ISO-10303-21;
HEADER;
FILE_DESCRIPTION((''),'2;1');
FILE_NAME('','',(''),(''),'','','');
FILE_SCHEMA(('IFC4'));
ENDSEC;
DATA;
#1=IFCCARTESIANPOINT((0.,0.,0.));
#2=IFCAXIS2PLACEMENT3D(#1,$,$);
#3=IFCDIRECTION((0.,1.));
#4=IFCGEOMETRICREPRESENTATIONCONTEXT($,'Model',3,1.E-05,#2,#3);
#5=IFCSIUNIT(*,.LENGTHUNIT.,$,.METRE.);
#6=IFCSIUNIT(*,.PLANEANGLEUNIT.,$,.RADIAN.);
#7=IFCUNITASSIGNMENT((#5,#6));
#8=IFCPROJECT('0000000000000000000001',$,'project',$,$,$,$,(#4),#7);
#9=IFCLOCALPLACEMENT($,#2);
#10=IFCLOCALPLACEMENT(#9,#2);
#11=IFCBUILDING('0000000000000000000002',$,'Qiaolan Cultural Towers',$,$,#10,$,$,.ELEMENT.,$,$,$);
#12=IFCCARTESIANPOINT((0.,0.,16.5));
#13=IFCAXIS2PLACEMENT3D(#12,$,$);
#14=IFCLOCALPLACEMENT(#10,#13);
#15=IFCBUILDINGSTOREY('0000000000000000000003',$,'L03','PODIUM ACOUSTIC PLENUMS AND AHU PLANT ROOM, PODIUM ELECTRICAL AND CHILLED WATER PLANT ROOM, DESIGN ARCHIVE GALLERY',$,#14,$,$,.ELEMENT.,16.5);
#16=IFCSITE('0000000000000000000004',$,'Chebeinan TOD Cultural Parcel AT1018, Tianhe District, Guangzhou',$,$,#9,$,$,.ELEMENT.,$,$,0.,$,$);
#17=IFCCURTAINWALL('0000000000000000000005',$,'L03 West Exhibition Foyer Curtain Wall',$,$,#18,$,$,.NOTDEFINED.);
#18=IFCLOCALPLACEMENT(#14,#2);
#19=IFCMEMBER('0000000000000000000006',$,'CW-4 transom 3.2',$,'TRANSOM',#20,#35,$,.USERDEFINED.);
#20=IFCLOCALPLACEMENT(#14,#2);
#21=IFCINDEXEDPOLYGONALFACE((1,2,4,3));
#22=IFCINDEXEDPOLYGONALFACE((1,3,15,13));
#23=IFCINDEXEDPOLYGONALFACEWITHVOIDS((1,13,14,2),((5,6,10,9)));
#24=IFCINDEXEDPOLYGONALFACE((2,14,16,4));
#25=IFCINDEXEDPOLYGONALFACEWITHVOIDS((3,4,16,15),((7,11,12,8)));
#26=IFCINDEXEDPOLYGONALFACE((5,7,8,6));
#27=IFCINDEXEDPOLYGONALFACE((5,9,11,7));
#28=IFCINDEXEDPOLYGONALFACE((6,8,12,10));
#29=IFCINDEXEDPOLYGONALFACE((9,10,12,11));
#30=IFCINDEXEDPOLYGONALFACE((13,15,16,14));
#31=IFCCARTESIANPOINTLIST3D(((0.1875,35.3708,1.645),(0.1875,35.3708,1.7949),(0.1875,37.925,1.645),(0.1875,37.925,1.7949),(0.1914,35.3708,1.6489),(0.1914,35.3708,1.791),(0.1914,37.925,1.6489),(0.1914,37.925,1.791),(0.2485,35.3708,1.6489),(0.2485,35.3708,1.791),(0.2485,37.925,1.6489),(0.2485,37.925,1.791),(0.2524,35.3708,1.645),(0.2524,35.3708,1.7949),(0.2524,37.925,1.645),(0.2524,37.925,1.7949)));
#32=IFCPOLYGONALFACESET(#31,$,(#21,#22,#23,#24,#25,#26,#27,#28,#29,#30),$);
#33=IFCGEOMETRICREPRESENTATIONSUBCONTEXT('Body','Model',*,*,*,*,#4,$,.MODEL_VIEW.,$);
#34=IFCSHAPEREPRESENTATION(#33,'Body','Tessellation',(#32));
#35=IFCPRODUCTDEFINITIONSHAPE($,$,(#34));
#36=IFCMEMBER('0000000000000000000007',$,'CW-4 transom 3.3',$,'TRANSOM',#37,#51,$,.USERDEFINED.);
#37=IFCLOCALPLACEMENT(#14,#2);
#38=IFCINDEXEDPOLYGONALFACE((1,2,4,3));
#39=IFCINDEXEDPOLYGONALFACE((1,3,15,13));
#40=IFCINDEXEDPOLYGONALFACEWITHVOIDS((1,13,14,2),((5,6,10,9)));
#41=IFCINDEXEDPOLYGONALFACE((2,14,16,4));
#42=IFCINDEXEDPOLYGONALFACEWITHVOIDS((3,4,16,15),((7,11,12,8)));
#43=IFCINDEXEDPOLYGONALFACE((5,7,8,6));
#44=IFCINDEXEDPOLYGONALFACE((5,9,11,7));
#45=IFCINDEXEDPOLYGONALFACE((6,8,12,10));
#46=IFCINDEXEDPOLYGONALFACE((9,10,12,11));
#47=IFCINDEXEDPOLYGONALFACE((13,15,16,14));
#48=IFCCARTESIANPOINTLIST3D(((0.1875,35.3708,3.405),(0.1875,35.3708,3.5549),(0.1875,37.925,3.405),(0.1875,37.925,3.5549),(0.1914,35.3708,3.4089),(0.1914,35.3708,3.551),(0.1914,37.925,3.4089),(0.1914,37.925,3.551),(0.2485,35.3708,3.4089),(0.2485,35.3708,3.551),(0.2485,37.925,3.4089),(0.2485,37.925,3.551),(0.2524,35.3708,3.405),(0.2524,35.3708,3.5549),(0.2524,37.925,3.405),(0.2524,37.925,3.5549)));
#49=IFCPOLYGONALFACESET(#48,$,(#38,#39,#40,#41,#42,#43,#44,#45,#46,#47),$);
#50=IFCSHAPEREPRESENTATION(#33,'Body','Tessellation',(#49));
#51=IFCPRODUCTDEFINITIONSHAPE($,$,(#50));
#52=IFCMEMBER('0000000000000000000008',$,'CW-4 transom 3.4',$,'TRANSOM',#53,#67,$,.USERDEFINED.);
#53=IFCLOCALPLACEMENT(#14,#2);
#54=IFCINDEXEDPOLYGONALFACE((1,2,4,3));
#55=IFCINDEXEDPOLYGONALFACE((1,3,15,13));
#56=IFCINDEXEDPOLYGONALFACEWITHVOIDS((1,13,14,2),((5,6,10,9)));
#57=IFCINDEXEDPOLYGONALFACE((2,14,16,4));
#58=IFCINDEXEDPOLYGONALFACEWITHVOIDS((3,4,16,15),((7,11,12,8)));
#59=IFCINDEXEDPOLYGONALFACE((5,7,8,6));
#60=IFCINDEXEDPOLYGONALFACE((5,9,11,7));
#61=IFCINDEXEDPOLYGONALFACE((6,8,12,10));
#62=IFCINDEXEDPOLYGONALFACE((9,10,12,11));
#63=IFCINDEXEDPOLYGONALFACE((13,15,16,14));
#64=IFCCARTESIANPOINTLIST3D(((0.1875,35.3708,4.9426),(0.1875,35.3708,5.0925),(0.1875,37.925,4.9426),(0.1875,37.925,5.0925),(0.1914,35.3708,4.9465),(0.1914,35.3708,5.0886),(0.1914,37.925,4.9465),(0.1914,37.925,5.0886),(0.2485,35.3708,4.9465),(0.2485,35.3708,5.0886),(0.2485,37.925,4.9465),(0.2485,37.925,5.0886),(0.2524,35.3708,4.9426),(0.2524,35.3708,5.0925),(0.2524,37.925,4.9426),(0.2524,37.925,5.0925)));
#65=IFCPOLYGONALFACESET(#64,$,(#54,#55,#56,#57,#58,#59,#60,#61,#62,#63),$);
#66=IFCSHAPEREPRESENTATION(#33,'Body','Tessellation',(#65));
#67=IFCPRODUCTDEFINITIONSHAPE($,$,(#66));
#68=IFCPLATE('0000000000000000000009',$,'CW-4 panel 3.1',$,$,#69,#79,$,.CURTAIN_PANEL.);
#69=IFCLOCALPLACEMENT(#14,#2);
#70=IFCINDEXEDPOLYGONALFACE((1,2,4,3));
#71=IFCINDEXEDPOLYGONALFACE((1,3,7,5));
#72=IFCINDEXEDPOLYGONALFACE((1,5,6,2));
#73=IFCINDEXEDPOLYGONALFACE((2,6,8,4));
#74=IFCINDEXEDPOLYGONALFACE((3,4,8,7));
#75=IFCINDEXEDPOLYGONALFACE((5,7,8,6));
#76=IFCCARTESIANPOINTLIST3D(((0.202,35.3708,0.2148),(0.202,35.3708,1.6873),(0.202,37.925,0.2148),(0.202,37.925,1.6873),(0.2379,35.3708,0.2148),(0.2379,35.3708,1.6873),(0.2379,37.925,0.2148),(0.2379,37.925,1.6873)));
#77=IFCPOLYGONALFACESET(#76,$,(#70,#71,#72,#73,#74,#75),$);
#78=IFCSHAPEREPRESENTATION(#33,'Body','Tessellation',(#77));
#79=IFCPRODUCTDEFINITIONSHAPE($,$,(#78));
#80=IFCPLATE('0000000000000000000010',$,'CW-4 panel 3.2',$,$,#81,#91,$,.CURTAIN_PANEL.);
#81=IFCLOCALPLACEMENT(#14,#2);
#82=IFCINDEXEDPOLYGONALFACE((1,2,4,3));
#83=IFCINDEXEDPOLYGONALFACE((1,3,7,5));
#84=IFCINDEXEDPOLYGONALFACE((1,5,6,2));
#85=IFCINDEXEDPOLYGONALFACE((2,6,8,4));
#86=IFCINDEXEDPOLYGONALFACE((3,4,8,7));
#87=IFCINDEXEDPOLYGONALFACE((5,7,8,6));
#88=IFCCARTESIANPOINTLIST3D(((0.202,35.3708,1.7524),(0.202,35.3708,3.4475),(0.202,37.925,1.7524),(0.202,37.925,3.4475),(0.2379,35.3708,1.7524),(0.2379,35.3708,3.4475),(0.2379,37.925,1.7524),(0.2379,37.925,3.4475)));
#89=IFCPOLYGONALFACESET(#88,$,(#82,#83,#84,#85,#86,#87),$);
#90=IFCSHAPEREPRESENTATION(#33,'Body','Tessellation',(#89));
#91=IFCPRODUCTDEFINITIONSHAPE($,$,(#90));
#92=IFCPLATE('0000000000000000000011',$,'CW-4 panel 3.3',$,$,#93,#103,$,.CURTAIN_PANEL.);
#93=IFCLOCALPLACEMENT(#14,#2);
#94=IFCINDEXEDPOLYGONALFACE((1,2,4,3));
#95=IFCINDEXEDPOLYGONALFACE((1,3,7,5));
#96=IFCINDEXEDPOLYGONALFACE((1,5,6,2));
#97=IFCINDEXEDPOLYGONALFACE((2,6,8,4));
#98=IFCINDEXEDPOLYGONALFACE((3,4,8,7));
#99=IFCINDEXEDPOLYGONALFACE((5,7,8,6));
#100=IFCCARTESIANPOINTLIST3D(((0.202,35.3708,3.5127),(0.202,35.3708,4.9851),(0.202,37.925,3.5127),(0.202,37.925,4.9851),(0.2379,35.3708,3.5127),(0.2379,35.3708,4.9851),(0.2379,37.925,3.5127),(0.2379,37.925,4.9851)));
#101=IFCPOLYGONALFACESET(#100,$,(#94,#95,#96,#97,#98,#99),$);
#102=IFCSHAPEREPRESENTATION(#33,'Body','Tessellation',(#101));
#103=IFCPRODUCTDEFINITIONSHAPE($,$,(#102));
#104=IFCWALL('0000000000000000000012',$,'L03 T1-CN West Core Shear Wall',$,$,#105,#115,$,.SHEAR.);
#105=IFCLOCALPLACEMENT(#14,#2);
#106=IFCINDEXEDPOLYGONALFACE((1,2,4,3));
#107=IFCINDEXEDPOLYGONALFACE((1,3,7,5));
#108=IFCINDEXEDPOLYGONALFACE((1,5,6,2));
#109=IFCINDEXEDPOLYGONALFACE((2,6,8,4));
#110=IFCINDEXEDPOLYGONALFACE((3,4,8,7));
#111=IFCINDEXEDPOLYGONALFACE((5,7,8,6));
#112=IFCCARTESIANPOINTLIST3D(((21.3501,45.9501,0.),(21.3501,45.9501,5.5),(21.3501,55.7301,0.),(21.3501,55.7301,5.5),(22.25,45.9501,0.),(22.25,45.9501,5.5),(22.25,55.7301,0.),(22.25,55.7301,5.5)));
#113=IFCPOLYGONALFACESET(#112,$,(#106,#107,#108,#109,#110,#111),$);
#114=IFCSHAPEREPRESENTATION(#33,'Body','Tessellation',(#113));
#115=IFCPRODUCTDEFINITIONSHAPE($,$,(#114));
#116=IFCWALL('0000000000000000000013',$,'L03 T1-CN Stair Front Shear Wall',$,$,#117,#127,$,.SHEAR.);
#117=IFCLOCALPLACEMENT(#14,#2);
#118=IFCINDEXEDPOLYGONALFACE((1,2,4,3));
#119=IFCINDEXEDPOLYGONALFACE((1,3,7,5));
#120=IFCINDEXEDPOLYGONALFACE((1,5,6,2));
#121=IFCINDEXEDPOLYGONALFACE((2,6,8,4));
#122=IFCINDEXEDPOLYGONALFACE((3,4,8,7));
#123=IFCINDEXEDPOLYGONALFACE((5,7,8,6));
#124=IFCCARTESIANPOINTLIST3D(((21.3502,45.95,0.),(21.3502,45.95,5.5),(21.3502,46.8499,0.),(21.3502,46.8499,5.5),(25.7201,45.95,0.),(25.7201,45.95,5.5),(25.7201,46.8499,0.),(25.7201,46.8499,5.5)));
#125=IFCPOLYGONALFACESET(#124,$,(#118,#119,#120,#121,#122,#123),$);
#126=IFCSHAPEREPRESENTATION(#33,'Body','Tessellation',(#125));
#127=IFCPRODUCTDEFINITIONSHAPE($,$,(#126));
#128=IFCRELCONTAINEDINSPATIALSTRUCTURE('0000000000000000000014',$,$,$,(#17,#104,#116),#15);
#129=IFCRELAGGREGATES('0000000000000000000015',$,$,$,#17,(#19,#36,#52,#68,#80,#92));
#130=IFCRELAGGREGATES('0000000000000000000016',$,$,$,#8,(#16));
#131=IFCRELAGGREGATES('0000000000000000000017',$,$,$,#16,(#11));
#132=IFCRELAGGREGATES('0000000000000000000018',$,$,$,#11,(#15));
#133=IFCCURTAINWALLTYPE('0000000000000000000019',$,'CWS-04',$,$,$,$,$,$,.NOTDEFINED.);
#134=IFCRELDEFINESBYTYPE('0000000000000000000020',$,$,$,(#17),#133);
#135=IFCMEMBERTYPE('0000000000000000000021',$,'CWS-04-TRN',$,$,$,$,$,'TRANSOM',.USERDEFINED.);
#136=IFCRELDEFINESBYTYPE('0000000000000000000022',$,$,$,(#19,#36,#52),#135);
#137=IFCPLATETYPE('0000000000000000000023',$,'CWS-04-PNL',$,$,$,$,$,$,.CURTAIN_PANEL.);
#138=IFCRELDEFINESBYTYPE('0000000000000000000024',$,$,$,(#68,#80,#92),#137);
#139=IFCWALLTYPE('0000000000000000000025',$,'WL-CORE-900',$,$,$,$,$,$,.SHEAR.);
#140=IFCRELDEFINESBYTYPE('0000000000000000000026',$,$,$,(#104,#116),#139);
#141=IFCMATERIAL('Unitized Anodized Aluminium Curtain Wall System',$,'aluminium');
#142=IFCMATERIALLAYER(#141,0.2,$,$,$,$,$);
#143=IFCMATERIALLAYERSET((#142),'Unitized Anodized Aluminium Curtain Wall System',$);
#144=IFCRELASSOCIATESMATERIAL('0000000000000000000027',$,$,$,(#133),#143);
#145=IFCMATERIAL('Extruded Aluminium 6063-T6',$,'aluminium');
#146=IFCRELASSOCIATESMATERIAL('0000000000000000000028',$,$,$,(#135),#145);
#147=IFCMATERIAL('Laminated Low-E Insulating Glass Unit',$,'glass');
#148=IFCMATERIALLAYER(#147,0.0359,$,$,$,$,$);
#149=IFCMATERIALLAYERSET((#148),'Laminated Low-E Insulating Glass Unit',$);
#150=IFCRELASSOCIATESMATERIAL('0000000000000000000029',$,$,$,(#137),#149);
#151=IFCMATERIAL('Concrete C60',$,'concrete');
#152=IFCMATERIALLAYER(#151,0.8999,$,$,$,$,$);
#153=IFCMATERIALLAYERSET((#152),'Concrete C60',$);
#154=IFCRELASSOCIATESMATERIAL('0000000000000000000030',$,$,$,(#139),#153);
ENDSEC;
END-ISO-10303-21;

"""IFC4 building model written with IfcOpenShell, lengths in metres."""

from ifc_helpers import new_model, si_unit, direction, frame, frame_2d, origin, origin_2d, place, context, subcontext, project, spatial, rectangle, hollow_rectangle, extrude, material, layer, layer_set, material_profile, profile_set, type_object, element, aggregate, save


model = new_model("IFC4")

# Units and contexts
model_context = context("Model", 3, precision=1e-05, world=origin(), true_north=direction((0.0, 1.0)))
body_context = subcontext(model_context, "Body", "Model", "MODEL_VIEW")
ifc_project = project(units=[si_unit("LENGTHUNIT", "METRE"), si_unit("PLANEANGLEUNIT", "RADIAN")], contexts=[model_context])

# Site, building, storey
site_placement = place(None, origin())
site = spatial("IfcSite", under=ifc_project, at=site_placement, Name="Chebeinan TOD Cultural Parcel AT1018, Tianhe District, Guangzhou", CompositionType="ELEMENT", RefElevation=0.0)
building_placement = place(site_placement, origin())
building = spatial("IfcBuilding", under=site, at=building_placement, Name="Qiaolan Cultural Towers", CompositionType="ELEMENT")
storey_placement = place(building_placement, frame((0.0, 0.0, 16.5)))
storey = spatial("IfcBuildingStorey", under=building, at=storey_placement, Name="L03", Description="PODIUM ACOUSTIC PLENUMS AND AHU PLANT ROOM, PODIUM ELECTRICAL AND CHILLED WATER PLANT ROOM, DESIGN ARCHIVE GALLERY", CompositionType="ELEMENT", Elevation=16.5)

# Curtain wall, members, plates
ifc_material_1 = material(Name="Unitized Anodized Aluminium Curtain Wall System", Category="aluminium")
ifc_layer_1 = layer(ifc_material_1, 0.2)
ifc_layer_set_1 = layer_set([ifc_layer_1], Name="Unitized Anodized Aluminium Curtain Wall System")
curtain_wall_type = type_object("IfcCurtainWallType", Name="CWS-04", PredefinedType="NOTDEFINED", material=ifc_layer_set_1)
curtain_wall_placement = place(storey_placement, origin())
curtain_wall = element("IfcCurtainWall", 1, at=curtain_wall_placement, inside=storey, type_object=curtain_wall_type, Name="L03 West Exhibition Foyer Curtain Wall", PredefinedType="NOTDEFINED")
ifc_material_2 = material(Name="Extruded Aluminium 6063-T6", Category="aluminium")
ifc_material_profile_1 = material_profile(ifc_material_2, hollow_rectangle(XDim=0.0649, YDim=0.1499, WallThickness=0.0039, at=origin_2d()), Name="CWT-150x65x4")
ifc_profile_set_1 = profile_set([ifc_material_profile_1], Name="Extruded Aluminium 6063-T6")
member_type_1 = type_object("IfcMemberType", Name="CWS-04-TRN", ElementType="TRANSOM", PredefinedType="USERDEFINED", material=ifc_profile_set_1)
member_1_placement = place(storey_placement, frame((0.22, 35.3708, 1.72), z_axis=(0.0, 1.0, 0.0), x_axis=(-1.0, 0.0, 0.0)))
member_1 = element("IfcMember", 2, at=member_1_placement, type_object=member_type_1, Name="CW-4 transom 3.2", ObjectType="TRANSOM", PredefinedType="USERDEFINED", context=body_context, shape_type="SweptSolid", body=[
    extrude(hollow_rectangle(XDim=0.0649, YDim=0.1499, WallThickness=0.0039, at=origin_2d()), origin(), (0.0, 0.0, 1.0), 2.5542),
])
member_2_placement = place(storey_placement, frame((0.22, 35.3708, 3.48), z_axis=(0.0, 1.0, 0.0), x_axis=(-1.0, 0.0, 0.0)))
member_2 = element("IfcMember", 3, at=member_2_placement, type_object=member_type_1, Name="CW-4 transom 3.3", ObjectType="TRANSOM", PredefinedType="USERDEFINED", context=body_context, shape_type="SweptSolid", body=[
    extrude(hollow_rectangle(XDim=0.0649, YDim=0.1499, WallThickness=0.0039, at=origin_2d()), origin(), (0.0, 0.0, 1.0), 2.5542),
])
member_3_placement = place(storey_placement, frame((0.22, 35.3708, 5.0176), z_axis=(0.0, 1.0, 0.0), x_axis=(-1.0, 0.0, 0.0)))
member_3 = element("IfcMember", 4, at=member_3_placement, type_object=member_type_1, Name="CW-4 transom 3.4", ObjectType="TRANSOM", PredefinedType="USERDEFINED", context=body_context, shape_type="SweptSolid", body=[
    extrude(hollow_rectangle(XDim=0.0649, YDim=0.1499, WallThickness=0.0039, at=origin_2d()), origin(), (0.0, 0.0, 1.0), 2.5542),
])
ifc_material_3 = material(Name="Laminated Low-E Insulating Glass Unit", Category="glass")
ifc_layer_2 = layer(ifc_material_3, 0.0359)
ifc_layer_set_2 = layer_set([ifc_layer_2], Name="Laminated Low-E Insulating Glass Unit")
plate_type = type_object("IfcPlateType", Name="CWS-04-PNL", PredefinedType="CURTAIN_PANEL", material=ifc_layer_set_2)
plate_1_placement = place(storey_placement, frame((0.22, 36.6479, 0.2148), z_axis=(0.0, 0.0, 1.0), x_axis=(0.0, 1.0, 0.0)))
plate_1 = element("IfcPlate", 5, at=plate_1_placement, type_object=plate_type, Name="CW-4 panel 3.1", PredefinedType="CURTAIN_PANEL", context=body_context, shape_type="SweptSolid", body=[
    extrude(rectangle(XDim=2.5542, YDim=0.0359, at=origin_2d()), origin(), (0.0, 0.0, 1.0), 1.4724),
])
plate_2_placement = place(storey_placement, frame((0.22, 36.6479, 1.7524), z_axis=(0.0, 0.0, 1.0), x_axis=(0.0, 1.0, 0.0)))
plate_2 = element("IfcPlate", 6, at=plate_2_placement, type_object=plate_type, Name="CW-4 panel 3.2", PredefinedType="CURTAIN_PANEL", context=body_context, shape_type="SweptSolid", body=[
    extrude(rectangle(XDim=2.5542, YDim=0.0359, at=origin_2d()), origin(), (0.0, 0.0, 1.0), 1.6951),
])
plate_3_placement = place(storey_placement, frame((0.22, 36.6479, 3.5127), z_axis=(0.0, 0.0, 1.0), x_axis=(0.0, 1.0, 0.0)))
plate_3 = element("IfcPlate", 7, at=plate_3_placement, type_object=plate_type, Name="CW-4 panel 3.3", PredefinedType="CURTAIN_PANEL", context=body_context, shape_type="SweptSolid", body=[
    extrude(rectangle(XDim=2.5542, YDim=0.0359, at=origin_2d()), origin(), (0.0, 0.0, 1.0), 1.4724),
])
aggregate(curtain_wall, [member_1, member_2, member_3, plate_1, plate_2, plate_3])

# Walls
ifc_material_4 = material(Name="Concrete C60", Category="concrete")
ifc_layer_3 = layer(ifc_material_4, 0.8999)
ifc_layer_set_3 = layer_set([ifc_layer_3], Name="Concrete C60")
wall_type = type_object("IfcWallType", Name="WL-CORE-900", PredefinedType="SHEAR", material=ifc_layer_set_3)
wall_1_placement = place(storey_placement, frame((21.8, 45.95, 0.0), z_axis=(0.0, 0.0, 1.0), x_axis=(0.0, 1.0, 0.0)))
element("IfcWall", 8, at=wall_1_placement, inside=storey, type_object=wall_type, Name="L03 T1-CN West Core Shear Wall", PredefinedType="SHEAR", context=body_context, shape_type="SweptSolid", body=[
    extrude(rectangle(XDim=9.78, YDim=0.8999, at=frame_2d((4.8901, 0.0))), origin(), (0.0, 0.0, 1.0), 5.5),
])
wall_2_placement = place(storey_placement, frame((21.3501, 46.3999, 0.0), z_axis=(0.0, 0.0, 1.0), x_axis=(1.0, 0.0, 0.0)))
element("IfcWall", 9, at=wall_2_placement, inside=storey, type_object=wall_type, Name="L03 T1-CN Stair Front Shear Wall", PredefinedType="SHEAR", context=body_context, shape_type="SweptSolid", body=[
    extrude(rectangle(XDim=4.3699, YDim=0.8999, at=frame_2d((2.1851, 0.0))), origin(), (0.0, 0.0, 1.0), 5.5),
])

save(model, "model.ifc")
